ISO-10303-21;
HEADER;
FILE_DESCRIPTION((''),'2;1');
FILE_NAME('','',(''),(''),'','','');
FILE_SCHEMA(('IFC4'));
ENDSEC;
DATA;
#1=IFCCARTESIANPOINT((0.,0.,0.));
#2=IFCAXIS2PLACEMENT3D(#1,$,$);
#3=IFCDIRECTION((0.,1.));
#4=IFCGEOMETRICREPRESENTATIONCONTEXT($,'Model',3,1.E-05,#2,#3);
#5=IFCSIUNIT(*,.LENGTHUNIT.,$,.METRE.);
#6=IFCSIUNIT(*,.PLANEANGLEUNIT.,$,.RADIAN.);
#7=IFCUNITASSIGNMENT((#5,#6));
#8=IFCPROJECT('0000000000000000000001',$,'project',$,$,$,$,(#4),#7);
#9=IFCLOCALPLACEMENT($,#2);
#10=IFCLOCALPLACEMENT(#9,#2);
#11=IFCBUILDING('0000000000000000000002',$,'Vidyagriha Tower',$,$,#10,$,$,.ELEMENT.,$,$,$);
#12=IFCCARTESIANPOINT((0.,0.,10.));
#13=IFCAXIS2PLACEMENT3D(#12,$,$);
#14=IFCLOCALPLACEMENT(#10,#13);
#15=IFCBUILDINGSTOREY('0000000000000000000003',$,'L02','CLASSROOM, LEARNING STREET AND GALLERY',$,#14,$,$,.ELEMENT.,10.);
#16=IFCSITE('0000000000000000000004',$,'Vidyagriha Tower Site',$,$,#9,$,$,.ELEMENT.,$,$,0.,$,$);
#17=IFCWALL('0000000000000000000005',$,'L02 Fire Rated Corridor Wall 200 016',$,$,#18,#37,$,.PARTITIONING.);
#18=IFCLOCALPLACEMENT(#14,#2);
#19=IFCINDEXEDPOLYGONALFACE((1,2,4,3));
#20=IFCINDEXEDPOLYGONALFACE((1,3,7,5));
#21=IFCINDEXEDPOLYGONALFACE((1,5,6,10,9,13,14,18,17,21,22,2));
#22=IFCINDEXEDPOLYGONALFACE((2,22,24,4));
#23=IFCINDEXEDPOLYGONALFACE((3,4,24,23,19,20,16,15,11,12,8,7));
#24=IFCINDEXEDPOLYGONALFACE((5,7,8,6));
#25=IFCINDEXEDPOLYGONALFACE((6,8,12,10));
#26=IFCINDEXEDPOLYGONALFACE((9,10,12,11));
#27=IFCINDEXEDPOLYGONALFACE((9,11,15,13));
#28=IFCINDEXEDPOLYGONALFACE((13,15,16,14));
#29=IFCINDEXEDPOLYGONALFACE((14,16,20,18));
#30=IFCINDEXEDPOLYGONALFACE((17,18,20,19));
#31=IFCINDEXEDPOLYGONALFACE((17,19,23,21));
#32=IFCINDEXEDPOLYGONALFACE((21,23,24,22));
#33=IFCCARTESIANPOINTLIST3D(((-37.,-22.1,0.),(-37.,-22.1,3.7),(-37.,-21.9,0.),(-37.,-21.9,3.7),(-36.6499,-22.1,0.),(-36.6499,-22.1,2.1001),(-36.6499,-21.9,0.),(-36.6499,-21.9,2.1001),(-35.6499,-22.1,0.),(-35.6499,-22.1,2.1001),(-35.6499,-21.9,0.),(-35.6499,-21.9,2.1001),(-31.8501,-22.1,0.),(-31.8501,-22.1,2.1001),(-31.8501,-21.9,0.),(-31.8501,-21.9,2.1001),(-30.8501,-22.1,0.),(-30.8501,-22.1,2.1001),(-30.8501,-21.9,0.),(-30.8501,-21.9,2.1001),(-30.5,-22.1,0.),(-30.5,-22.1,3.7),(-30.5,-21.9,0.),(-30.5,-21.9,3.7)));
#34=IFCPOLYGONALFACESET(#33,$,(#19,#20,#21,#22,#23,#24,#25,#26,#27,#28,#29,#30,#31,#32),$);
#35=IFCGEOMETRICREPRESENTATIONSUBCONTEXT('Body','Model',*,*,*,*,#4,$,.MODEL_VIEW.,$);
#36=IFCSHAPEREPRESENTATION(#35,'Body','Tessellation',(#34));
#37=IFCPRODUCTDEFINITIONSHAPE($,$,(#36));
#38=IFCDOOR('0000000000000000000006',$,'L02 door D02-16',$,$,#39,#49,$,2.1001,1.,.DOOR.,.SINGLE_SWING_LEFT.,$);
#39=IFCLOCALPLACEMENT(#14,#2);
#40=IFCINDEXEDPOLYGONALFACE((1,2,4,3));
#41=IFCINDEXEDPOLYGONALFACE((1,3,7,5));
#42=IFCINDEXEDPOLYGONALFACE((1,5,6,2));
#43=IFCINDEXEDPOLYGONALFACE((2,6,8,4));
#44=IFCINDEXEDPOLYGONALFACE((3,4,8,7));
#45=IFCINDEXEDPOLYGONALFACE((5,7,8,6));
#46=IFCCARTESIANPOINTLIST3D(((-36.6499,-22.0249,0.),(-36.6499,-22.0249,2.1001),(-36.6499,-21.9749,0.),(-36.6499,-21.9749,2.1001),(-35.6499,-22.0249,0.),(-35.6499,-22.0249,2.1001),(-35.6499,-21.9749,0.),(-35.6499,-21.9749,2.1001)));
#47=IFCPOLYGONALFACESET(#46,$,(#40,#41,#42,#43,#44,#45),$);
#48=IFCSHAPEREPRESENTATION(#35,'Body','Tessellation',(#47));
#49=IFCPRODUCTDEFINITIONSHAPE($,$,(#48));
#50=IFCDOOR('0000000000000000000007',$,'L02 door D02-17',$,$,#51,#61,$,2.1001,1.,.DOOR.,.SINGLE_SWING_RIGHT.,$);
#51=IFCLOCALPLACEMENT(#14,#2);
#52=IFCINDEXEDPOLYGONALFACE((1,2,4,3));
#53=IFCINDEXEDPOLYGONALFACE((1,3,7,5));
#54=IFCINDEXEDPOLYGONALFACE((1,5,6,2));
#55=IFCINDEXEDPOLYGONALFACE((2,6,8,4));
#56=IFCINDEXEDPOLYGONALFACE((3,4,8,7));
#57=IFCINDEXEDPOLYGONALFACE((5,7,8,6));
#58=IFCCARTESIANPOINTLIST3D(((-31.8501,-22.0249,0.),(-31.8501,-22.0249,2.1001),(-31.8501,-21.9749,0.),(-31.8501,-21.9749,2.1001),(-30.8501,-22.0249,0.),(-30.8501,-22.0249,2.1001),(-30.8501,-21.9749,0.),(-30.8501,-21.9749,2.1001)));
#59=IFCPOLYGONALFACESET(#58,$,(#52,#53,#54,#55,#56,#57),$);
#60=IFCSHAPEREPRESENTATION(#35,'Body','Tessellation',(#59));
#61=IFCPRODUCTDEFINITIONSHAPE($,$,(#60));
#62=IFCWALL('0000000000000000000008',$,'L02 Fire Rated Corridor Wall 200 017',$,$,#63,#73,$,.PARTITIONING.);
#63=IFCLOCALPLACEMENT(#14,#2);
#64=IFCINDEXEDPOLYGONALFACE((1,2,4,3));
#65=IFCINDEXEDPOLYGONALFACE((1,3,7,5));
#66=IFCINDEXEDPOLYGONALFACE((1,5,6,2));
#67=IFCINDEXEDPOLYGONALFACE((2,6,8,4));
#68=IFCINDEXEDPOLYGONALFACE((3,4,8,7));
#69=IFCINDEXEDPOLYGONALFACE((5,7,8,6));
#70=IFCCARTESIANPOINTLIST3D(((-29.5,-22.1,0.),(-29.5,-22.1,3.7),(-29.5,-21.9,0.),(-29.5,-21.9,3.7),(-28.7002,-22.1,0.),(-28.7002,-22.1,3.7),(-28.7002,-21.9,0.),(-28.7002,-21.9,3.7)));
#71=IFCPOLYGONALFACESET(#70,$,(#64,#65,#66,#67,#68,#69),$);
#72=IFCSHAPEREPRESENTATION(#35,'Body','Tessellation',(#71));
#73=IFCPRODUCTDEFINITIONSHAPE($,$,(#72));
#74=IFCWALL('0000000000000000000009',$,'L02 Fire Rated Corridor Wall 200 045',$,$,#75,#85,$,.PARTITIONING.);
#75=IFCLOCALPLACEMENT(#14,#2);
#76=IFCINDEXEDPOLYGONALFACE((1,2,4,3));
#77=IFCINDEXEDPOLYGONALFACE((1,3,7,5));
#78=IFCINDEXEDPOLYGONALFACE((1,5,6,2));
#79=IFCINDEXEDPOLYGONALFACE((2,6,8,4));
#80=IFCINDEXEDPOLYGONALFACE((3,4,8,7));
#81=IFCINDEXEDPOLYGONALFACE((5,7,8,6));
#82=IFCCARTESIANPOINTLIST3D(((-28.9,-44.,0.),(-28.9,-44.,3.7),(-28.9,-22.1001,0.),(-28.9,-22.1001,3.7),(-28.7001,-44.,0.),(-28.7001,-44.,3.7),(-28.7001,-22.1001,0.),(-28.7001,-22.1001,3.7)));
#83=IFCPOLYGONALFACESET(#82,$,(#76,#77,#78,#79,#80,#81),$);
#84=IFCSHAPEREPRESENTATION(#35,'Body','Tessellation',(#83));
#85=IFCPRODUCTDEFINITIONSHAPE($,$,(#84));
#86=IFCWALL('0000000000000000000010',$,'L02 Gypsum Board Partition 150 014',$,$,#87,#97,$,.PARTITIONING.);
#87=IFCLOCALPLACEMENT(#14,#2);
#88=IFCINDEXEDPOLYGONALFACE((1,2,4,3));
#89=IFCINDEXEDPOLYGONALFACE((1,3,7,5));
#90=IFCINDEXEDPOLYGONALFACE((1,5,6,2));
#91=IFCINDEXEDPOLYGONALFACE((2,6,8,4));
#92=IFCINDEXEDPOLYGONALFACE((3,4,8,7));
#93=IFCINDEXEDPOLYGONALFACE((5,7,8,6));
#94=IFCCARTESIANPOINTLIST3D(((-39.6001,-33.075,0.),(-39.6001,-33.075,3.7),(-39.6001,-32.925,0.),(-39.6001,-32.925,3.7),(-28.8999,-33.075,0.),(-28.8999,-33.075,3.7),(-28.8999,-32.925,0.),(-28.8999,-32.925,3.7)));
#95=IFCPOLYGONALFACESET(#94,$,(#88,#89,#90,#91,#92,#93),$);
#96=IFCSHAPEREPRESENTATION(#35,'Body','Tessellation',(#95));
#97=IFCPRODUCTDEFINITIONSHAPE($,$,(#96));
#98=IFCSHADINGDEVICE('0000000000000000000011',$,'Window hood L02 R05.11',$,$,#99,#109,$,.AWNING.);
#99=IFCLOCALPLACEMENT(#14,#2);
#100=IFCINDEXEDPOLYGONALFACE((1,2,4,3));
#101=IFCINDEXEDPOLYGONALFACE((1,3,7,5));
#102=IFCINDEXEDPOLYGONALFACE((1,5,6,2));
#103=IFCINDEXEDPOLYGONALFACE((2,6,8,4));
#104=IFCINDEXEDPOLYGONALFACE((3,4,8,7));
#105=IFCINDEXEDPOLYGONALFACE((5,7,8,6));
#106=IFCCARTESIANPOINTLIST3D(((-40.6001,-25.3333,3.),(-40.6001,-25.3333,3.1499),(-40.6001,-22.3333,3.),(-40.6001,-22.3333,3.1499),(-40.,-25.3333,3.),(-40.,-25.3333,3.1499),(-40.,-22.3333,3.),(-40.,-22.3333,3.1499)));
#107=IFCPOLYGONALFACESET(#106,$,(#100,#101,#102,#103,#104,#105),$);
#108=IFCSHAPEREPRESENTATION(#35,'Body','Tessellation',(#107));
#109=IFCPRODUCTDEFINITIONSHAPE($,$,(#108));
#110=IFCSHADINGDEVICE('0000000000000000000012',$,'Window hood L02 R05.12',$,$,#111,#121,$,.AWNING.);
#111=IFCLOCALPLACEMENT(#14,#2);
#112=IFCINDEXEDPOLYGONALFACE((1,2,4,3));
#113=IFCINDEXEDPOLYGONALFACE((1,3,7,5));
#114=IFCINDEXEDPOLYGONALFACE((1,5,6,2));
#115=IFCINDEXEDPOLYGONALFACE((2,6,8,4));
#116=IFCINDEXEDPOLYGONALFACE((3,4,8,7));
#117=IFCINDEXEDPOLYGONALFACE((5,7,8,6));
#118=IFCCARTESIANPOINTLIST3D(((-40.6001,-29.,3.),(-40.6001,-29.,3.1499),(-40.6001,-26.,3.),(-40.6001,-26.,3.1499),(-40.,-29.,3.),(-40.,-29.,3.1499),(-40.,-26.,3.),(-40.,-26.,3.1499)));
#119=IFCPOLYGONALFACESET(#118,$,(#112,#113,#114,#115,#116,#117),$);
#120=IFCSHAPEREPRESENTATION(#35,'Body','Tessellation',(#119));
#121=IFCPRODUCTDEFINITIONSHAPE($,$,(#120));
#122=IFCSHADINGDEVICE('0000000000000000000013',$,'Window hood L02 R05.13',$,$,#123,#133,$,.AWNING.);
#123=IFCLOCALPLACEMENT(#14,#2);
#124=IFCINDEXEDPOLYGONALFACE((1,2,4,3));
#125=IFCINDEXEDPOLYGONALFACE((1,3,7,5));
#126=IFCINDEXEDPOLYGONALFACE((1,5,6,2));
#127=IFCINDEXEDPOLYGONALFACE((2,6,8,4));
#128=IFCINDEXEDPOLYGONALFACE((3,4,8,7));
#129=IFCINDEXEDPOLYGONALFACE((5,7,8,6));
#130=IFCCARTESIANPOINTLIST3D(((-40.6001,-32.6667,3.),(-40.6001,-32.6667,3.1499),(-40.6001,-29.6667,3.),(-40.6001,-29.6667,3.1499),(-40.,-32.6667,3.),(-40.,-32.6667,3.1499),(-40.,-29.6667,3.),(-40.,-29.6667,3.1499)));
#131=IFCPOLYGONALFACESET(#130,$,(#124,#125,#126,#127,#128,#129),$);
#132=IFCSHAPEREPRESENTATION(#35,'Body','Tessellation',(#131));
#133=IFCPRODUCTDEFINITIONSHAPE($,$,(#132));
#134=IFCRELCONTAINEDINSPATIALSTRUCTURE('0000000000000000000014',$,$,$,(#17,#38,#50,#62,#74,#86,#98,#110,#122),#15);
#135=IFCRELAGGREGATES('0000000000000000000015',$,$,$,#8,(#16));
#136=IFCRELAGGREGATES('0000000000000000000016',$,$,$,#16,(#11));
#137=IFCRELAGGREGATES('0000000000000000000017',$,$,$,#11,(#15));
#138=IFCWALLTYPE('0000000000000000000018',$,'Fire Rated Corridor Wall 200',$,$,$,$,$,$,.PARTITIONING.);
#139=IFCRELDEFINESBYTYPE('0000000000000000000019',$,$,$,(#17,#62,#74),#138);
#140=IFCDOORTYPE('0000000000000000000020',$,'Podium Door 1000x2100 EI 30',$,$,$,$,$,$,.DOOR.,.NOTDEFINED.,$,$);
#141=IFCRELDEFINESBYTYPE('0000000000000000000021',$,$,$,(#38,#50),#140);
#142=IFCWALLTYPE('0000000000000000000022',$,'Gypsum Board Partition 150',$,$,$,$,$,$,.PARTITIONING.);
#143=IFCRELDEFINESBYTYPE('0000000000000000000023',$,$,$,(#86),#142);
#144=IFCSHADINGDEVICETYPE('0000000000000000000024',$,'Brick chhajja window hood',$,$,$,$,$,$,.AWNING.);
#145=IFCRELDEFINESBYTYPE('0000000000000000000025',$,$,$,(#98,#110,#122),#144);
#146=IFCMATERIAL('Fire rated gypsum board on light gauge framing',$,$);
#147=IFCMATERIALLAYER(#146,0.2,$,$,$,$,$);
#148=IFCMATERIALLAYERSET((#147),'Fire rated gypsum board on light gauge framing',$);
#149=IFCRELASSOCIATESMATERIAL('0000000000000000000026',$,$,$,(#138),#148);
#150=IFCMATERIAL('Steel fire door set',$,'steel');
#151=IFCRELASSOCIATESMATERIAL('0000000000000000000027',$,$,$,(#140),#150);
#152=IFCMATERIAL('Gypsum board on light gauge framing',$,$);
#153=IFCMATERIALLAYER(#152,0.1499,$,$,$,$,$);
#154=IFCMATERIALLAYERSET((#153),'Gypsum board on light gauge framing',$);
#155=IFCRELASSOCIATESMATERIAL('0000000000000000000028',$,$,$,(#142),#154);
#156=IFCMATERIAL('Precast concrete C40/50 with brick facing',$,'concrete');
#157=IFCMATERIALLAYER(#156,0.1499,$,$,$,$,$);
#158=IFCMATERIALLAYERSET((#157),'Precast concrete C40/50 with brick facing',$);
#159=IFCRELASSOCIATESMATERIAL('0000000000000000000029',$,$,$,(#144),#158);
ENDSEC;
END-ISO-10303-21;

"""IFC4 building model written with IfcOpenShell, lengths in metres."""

from ifc_helpers import new_model, si_unit, direction, frame, frame_2d, origin, origin_2d, place, context, subcontext, project, spatial, rectangle, extrude, material, layer, layer_set, type_object, element, fill, save


model = new_model("IFC4")

# Units and contexts
model_context = context("Model", 3, precision=1e-05, world=origin(), true_north=direction((0.0, 1.0)))
body_context = subcontext(model_context, "Body", "Model", "MODEL_VIEW")
ifc_project = project(units=[si_unit("LENGTHUNIT", "METRE"), si_unit("PLANEANGLEUNIT", "RADIAN")], contexts=[model_context])

# Site, building, storey
site_placement = place(None, origin())
site = spatial("IfcSite", under=ifc_project, at=site_placement, Name="Vidyagriha Tower Site", CompositionType="ELEMENT", RefElevation=0.0)
building_placement = place(site_placement, origin())
building = spatial("IfcBuilding", under=site, at=building_placement, Name="Vidyagriha Tower", CompositionType="ELEMENT")
storey_placement = place(building_placement, frame((0.0, 0.0, 10.0)))
storey = spatial("IfcBuildingStorey", under=building, at=storey_placement, Name="L02", Description="CLASSROOM, LEARNING STREET AND GALLERY", CompositionType="ELEMENT", Elevation=10.0)

# Shared definitions
ifc_material_1 = material(Name="Fire rated gypsum board on light gauge framing")
ifc_layer_1 = layer(ifc_material_1, 0.2)
ifc_layer_set_1 = layer_set([ifc_layer_1], Name="Fire rated gypsum board on light gauge framing")
wall_type_1 = type_object("IfcWallType", Name="Fire Rated Corridor Wall 200", PredefinedType="PARTITIONING", material=ifc_layer_set_1)

# Wall, openings, doors
wall_1_placement = place(storey_placement, frame((-37.0, -22.0, 0.0)))
wall_1 = element("IfcWall", 1, at=wall_1_placement, inside=storey, type_object=wall_type_1, Name="L02 Fire Rated Corridor Wall 200 016", PredefinedType="PARTITIONING", context=body_context, shape_type="SweptSolid", body=[
    extrude(rectangle(XDim=6.5, YDim=0.2, at=frame_2d((3.25, 0.0))), origin(), (0.0, 0.0, 1.0), 3.7),
])
opening_1_placement = place(wall_1_placement, frame((0.3501, 0.0, 0.0)))
opening_1 = element("IfcOpeningElement", 2, at=opening_1_placement, cuts=wall_1, PredefinedType="OPENING", context=body_context, shape_type="SweptSolid", body=[
    extrude(rectangle(XDim=1.0, YDim=2.1001, at=frame_2d((0.5, 1.05))), frame((0.0, 0.1099, 0.0), z_axis=(0.0, -1.0, 0.0), x_axis=(1.0, 0.0, 0.0)), (0.0, 0.0, 1.0), 0.22),
])
opening_2_placement = place(wall_1_placement, frame((5.1499, 0.0, 0.0)))
opening_2 = element("IfcOpeningElement", 3, at=opening_2_placement, cuts=wall_1, PredefinedType="OPENING", context=body_context, shape_type="SweptSolid", body=[
    extrude(rectangle(XDim=1.0, YDim=2.1001, at=frame_2d((0.5, 1.05))), frame((0.0, 0.1099, 0.0), z_axis=(0.0, -1.0, 0.0), x_axis=(1.0, 0.0, 0.0)), (0.0, 0.0, 1.0), 0.22),
])
ifc_material_2 = material(Name="Steel fire door set", Category="steel")
door_type = type_object("IfcDoorType", Name="Podium Door 1000x2100 EI 30", OperationType="NOTDEFINED", PredefinedType="DOOR", material=ifc_material_2)
door_1_placement = place(opening_1_placement, frame((1.0, 0.0, 0.0), z_axis=(0.0, 0.0, 1.0), x_axis=(-1.0, 0.0, 0.0)))
door_1 = element("IfcDoor", 4, at=door_1_placement, inside=storey, type_object=door_type, Name="L02 door D02-16", OperationType="SINGLE_SWING_LEFT", OverallHeight=2.1001, OverallWidth=1.0, PredefinedType="DOOR", context=body_context, shape_type="SweptSolid", body=[
    extrude(rectangle(XDim=1.0, YDim=2.1001, at=frame_2d((0.5, 1.05))), frame((0.0, 0.0249, 0.0), z_axis=(0.0, -1.0, 0.0), x_axis=(1.0, 0.0, 0.0)), (0.0, 0.0, 1.0), 0.05),
])
fill(opening_1, door_1)
door_2_placement = place(opening_2_placement, frame((1.0, 0.0, 0.0), z_axis=(0.0, 0.0, 1.0), x_axis=(-1.0, 0.0, 0.0)))
door_2 = element("IfcDoor", 5, at=door_2_placement, inside=storey, type_object=door_type, Name="L02 door D02-17", OperationType="SINGLE_SWING_RIGHT", OverallHeight=2.1001, OverallWidth=1.0, PredefinedType="DOOR", context=body_context, shape_type="SweptSolid", body=[
    extrude(rectangle(XDim=1.0, YDim=2.1001, at=frame_2d((0.5, 1.05))), frame((0.0, 0.0249, 0.0), z_axis=(0.0, -1.0, 0.0), x_axis=(1.0, 0.0, 0.0)), (0.0, 0.0, 1.0), 0.05),
])
fill(opening_2, door_2)

# Walls
wall_2_placement = place(storey_placement, frame((-29.5, -22.0, 0.0)))
element("IfcWall", 6, at=wall_2_placement, inside=storey, type_object=wall_type_1, Name="L02 Fire Rated Corridor Wall 200 017", PredefinedType="PARTITIONING", context=body_context, shape_type="SweptSolid", body=[
    extrude(rectangle(XDim=0.7998, YDim=0.2, at=frame_2d((0.3999, 0.0))), origin(), (0.0, 0.0, 1.0), 3.7),
])
wall_3_placement = place(storey_placement, frame((-28.8, -44.0, 0.0), z_axis=(0.0, 0.0, 1.0), x_axis=(0.0, 1.0, 0.0)))
element("IfcWall", 7, at=wall_3_placement, inside=storey, type_object=wall_type_1, Name="L02 Fire Rated Corridor Wall 200 045", PredefinedType="PARTITIONING", context=body_context, shape_type="SweptSolid", body=[
    extrude(rectangle(XDim=21.8999, YDim=0.2, at=frame_2d((10.95, 0.0))), origin(), (0.0, 0.0, 1.0), 3.7),
])
ifc_material_3 = material(Name="Gypsum board on light gauge framing")
ifc_layer_2 = layer(ifc_material_3, 0.1499)
ifc_layer_set_2 = layer_set([ifc_layer_2], Name="Gypsum board on light gauge framing")
wall_type_2 = type_object("IfcWallType", Name="Gypsum Board Partition 150", PredefinedType="PARTITIONING", material=ifc_layer_set_2)
wall_4_placement = place(storey_placement, frame((-39.6001, -33.0, 0.0)))
element("IfcWall", 8, at=wall_4_placement, inside=storey, type_object=wall_type_2, Name="L02 Gypsum Board Partition 150 014", PredefinedType="PARTITIONING", context=body_context, shape_type="SweptSolid", body=[
    extrude(rectangle(XDim=10.7002, YDim=0.1499, at=frame_2d((5.3501, 0.0))), origin(), (0.0, 0.0, 1.0), 3.7),
])

# Shading devices
ifc_material_4 = material(Name="Precast concrete C40/50 with brick facing", Category="concrete")
ifc_layer_3 = layer(ifc_material_4, 0.1499)
ifc_layer_set_3 = layer_set([ifc_layer_3], Name="Precast concrete C40/50 with brick facing")
shading_device_type = type_object("IfcShadingDeviceType", Name="Brick chhajja window hood", PredefinedType="AWNING", material=ifc_layer_set_3)
for number, where, z_axis, x_axis, name in (
    (9, (-40.3, -23.8333, 3.0), (0.0, 0.0, 1.0), (0.0, -1.0, 0.0), "Window hood L02 R05.11"),
    (10, (-40.3, -27.5, 3.0), (0.0, 0.0, 1.0), (0.0, -1.0, 0.0), "Window hood L02 R05.12"),
    (11, (-40.3, -31.1667, 3.0), (0.0, 0.0, 1.0), (0.0, -1.0, 0.0), "Window hood L02 R05.13"),
):
    element("IfcShadingDevice", number, at=place(storey_placement, frame(where, z_axis=z_axis, x_axis=x_axis)), inside=storey, type_object=shading_device_type, Name=name, PredefinedType="AWNING", context=body_context, shape_type="SweptSolid", body=[
        extrude(rectangle(XDim=3.0, YDim=0.6001, at=origin_2d()), origin(), (0.0, 0.0, 1.0), 0.1499),
    ])

save(model, "model.ifc")
